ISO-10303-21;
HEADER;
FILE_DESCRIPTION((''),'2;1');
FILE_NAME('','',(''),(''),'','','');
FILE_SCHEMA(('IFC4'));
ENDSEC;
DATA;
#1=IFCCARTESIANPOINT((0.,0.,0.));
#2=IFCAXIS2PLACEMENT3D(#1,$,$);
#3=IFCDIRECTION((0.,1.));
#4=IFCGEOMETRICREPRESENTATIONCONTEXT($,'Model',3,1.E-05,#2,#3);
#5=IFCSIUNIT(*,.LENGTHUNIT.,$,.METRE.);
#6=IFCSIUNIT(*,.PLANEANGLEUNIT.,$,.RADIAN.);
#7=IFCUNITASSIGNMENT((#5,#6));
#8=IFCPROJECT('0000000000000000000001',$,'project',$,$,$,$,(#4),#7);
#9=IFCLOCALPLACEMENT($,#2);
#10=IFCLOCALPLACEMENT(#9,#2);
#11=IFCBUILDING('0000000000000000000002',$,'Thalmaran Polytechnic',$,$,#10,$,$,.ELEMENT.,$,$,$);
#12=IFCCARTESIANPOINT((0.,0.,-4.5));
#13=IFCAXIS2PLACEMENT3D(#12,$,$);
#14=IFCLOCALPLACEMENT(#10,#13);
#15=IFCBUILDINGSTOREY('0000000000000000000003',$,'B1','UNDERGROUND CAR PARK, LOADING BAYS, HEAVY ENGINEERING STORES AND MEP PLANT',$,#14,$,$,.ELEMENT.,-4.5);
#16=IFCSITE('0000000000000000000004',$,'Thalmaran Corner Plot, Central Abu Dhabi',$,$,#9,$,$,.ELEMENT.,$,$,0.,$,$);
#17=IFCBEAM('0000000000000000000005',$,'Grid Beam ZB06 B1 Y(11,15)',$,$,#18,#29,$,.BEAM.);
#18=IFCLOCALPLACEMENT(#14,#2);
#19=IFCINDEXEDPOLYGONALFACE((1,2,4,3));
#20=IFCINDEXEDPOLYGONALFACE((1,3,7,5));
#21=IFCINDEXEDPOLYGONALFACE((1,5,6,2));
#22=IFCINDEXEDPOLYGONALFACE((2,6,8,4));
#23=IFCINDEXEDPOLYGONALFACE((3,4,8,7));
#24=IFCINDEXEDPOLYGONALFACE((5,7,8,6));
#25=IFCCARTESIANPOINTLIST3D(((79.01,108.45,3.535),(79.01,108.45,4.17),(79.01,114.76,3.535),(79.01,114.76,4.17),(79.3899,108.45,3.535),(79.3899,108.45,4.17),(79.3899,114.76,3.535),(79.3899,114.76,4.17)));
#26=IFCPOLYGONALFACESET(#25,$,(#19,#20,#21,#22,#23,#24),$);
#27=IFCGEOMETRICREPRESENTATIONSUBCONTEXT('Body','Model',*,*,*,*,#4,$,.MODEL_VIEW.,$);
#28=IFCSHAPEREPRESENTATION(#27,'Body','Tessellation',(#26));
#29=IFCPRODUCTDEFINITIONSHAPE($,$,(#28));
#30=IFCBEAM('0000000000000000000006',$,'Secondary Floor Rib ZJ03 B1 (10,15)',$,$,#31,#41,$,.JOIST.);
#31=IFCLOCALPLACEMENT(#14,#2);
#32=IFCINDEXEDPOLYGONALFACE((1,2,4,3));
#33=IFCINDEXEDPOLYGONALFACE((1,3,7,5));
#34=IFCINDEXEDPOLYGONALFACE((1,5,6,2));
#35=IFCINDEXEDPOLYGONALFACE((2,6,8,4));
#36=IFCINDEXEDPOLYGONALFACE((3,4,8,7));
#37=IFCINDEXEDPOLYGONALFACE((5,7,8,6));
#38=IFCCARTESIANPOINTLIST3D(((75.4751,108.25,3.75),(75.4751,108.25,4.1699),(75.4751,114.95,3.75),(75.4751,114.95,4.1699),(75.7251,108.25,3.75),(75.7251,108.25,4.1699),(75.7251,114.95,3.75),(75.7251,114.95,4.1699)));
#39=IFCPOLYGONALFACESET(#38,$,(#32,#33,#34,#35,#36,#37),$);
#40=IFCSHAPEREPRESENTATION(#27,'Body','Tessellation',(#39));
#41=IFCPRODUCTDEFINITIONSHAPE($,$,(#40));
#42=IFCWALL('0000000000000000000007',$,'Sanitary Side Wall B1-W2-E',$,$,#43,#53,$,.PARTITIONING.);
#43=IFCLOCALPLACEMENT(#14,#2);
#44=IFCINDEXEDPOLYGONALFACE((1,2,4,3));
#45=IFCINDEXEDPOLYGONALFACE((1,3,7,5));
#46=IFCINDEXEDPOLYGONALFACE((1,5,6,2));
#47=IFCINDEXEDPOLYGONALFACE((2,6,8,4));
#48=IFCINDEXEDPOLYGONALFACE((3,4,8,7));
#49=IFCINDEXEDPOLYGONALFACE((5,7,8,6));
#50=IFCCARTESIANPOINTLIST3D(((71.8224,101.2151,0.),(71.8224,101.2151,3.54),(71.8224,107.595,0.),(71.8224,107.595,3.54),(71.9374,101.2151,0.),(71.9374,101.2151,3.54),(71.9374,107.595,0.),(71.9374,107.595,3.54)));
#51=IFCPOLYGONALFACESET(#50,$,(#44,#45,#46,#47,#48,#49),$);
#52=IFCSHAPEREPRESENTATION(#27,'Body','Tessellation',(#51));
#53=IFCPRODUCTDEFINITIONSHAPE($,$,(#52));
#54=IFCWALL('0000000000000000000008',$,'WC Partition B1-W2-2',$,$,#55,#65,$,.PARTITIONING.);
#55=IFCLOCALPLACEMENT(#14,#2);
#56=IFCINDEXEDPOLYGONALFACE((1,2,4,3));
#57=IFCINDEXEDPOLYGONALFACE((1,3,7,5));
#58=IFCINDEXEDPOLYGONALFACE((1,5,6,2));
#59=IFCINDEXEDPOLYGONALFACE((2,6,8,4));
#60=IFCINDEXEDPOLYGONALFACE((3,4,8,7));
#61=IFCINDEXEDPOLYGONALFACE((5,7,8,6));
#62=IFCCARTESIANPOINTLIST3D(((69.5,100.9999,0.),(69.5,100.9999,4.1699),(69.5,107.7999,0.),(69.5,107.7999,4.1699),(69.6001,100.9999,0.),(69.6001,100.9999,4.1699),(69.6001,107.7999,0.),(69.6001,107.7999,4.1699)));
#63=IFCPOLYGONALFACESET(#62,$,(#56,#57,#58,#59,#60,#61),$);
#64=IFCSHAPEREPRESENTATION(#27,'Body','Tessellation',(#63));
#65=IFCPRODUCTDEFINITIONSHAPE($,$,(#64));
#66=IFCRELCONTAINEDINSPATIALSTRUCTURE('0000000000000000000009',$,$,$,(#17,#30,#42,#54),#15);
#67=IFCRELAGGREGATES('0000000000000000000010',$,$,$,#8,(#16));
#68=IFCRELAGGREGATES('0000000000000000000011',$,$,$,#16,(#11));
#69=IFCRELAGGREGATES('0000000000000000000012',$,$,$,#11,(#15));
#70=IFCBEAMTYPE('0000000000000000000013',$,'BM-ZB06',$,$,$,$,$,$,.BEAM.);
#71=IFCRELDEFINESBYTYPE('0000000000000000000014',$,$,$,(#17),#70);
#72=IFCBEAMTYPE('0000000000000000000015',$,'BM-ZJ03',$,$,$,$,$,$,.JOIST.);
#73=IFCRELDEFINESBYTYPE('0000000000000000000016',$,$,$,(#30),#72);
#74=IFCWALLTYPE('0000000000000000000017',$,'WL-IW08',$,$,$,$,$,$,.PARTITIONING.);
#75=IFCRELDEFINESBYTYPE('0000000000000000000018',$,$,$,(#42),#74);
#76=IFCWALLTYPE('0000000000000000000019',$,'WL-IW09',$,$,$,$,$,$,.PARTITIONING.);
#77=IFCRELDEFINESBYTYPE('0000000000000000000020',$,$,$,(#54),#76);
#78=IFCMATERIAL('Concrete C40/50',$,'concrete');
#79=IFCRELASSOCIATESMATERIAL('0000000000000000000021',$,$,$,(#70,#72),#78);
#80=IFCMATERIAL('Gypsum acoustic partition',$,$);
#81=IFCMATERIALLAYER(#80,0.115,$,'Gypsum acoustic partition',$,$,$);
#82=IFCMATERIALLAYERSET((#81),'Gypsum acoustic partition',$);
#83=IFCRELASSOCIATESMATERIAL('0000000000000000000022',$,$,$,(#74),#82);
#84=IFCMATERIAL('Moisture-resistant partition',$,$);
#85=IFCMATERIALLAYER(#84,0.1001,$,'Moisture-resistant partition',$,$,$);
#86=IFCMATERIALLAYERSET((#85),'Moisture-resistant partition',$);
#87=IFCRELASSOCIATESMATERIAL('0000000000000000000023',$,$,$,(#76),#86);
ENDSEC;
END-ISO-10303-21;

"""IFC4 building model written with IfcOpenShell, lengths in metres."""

from ifc_helpers import new_model, si_unit, direction, frame, frame_2d, origin, origin_2d, place, context, subcontext, project, spatial, rectangle, extrude, material, layer, layer_set, material_profile, profile_set, type_object, element, save


model = new_model("IFC4")

# Units and contexts
model_context = context("Model", 3, precision=1e-05, world=origin(), true_north=direction((0.0, 1.0)))
body_context = subcontext(model_context, "Body", "Model", "MODEL_VIEW")
ifc_project = project(units=[si_unit("LENGTHUNIT", "METRE"), si_unit("PLANEANGLEUNIT", "RADIAN")], contexts=[model_context])

# Site, building, storey
site_placement = place(None, origin())
site = spatial("IfcSite", under=ifc_project, at=site_placement, Name="Thalmaran Corner Plot, Central Abu Dhabi", CompositionType="ELEMENT", RefElevation=0.0)
building_placement = place(site_placement, origin())
building = spatial("IfcBuilding", under=site, at=building_placement, Name="Thalmaran Polytechnic", CompositionType="ELEMENT")
storey_placement = place(building_placement, frame((0.0, 0.0, -4.5)))
storey = spatial("IfcBuildingStorey", under=building, at=storey_placement, Name="B1", Description="UNDERGROUND CAR PARK, LOADING BAYS, HEAVY ENGINEERING STORES AND MEP PLANT", CompositionType="ELEMENT", Elevation=-4.5)

# Shared definitions
ifc_material_1 = material(Name="Concrete C40/50", Category="concrete")

# Beams
ifc_material_profile_1 = material_profile(ifc_material_1, rectangle(XDim=0.3799, YDim=0.635, at=origin_2d()), Name="RC 380x635")
ifc_profile_set_1 = profile_set([ifc_material_profile_1], Name="Concrete C40/50")
beam_type_1 = type_object("IfcBeamType", Name="BM-ZB06", PredefinedType="BEAM", material=ifc_profile_set_1)
beam_1_placement = place(storey_placement, frame((79.2, 108.45, 3.8525), z_axis=(0.0, 1.0, 0.0), x_axis=(-1.0, 0.0, 0.0)))
element("IfcBeam", 1, at=beam_1_placement, inside=storey, type_object=beam_type_1, Name="Grid Beam ZB06 B1 Y(11,15)", PredefinedType="BEAM", context=body_context, shape_type="SweptSolid", body=[
    extrude(rectangle(XDim=0.3799, YDim=0.635, at=origin_2d()), origin(), (0.0, 0.0, 1.0), 6.3101),
])
ifc_material_profile_2 = material_profile(ifc_material_1, rectangle(XDim=0.25, YDim=0.4199, at=origin_2d()), Name="RC 250x420")
ifc_profile_set_2 = profile_set([ifc_material_profile_2], Name="Concrete C40/50")
beam_type_2 = type_object("IfcBeamType", Name="BM-ZJ03", PredefinedType="JOIST", material=ifc_profile_set_2)
beam_2_placement = place(storey_placement, frame((75.6001, 108.25, 3.96), z_axis=(0.0, 1.0, 0.0), x_axis=(-1.0, 0.0, 0.0)))
element("IfcBeam", 2, at=beam_2_placement, inside=storey, type_object=beam_type_2, Name="Secondary Floor Rib ZJ03 B1 (10,15)", PredefinedType="JOIST", context=body_context, shape_type="SweptSolid", body=[
    extrude(rectangle(XDim=0.25, YDim=0.4199, at=origin_2d()), origin(), (0.0, 0.0, 1.0), 6.7),
])

# Walls
ifc_material_2 = material(Name="Gypsum acoustic partition")
ifc_layer_1 = layer(ifc_material_2, 0.115, Name="Gypsum acoustic partition")
ifc_layer_set_1 = layer_set([ifc_layer_1], Name="Gypsum acoustic partition")
wall_type_1 = type_object("IfcWallType", Name="WL-IW08", PredefinedType="PARTITIONING", material=ifc_layer_set_1)
wall_1_placement = place(storey_placement, frame((71.8799, 101.2151, 0.0), z_axis=(0.0, 0.0, 1.0), x_axis=(0.0, 1.0, 0.0)))
element("IfcWall", 3, at=wall_1_placement, inside=storey, type_object=wall_type_1, Name="Sanitary Side Wall B1-W2-E", PredefinedType="PARTITIONING", context=body_context, shape_type="SweptSolid", body=[
    extrude(rectangle(XDim=6.3799, YDim=0.115, at=frame_2d((3.1899, 0.0))), origin(), (0.0, 0.0, 1.0), 3.54),
])
ifc_material_3 = material(Name="Moisture-resistant partition")
ifc_layer_2 = layer(ifc_material_3, 0.1001, Name="Moisture-resistant partition")
ifc_layer_set_2 = layer_set([ifc_layer_2], Name="Moisture-resistant partition")
wall_type_2 = type_object("IfcWallType", Name="WL-IW09", PredefinedType="PARTITIONING", material=ifc_layer_set_2)
wall_2_placement = place(storey_placement, frame((69.55, 101.0, 0.0), z_axis=(0.0, 0.0, 1.0), x_axis=(0.0, 1.0, 0.0)))
element("IfcWall", 4, at=wall_2_placement, inside=storey, type_object=wall_type_2, Name="WC Partition B1-W2-2", PredefinedType="PARTITIONING", context=body_context, shape_type="SweptSolid", body=[
    extrude(rectangle(XDim=6.8, YDim=0.1001, at=frame_2d((3.3999, 0.0))), origin(), (0.0, 0.0, 1.0), 4.1699),
])

save(model, "model.ifc")
